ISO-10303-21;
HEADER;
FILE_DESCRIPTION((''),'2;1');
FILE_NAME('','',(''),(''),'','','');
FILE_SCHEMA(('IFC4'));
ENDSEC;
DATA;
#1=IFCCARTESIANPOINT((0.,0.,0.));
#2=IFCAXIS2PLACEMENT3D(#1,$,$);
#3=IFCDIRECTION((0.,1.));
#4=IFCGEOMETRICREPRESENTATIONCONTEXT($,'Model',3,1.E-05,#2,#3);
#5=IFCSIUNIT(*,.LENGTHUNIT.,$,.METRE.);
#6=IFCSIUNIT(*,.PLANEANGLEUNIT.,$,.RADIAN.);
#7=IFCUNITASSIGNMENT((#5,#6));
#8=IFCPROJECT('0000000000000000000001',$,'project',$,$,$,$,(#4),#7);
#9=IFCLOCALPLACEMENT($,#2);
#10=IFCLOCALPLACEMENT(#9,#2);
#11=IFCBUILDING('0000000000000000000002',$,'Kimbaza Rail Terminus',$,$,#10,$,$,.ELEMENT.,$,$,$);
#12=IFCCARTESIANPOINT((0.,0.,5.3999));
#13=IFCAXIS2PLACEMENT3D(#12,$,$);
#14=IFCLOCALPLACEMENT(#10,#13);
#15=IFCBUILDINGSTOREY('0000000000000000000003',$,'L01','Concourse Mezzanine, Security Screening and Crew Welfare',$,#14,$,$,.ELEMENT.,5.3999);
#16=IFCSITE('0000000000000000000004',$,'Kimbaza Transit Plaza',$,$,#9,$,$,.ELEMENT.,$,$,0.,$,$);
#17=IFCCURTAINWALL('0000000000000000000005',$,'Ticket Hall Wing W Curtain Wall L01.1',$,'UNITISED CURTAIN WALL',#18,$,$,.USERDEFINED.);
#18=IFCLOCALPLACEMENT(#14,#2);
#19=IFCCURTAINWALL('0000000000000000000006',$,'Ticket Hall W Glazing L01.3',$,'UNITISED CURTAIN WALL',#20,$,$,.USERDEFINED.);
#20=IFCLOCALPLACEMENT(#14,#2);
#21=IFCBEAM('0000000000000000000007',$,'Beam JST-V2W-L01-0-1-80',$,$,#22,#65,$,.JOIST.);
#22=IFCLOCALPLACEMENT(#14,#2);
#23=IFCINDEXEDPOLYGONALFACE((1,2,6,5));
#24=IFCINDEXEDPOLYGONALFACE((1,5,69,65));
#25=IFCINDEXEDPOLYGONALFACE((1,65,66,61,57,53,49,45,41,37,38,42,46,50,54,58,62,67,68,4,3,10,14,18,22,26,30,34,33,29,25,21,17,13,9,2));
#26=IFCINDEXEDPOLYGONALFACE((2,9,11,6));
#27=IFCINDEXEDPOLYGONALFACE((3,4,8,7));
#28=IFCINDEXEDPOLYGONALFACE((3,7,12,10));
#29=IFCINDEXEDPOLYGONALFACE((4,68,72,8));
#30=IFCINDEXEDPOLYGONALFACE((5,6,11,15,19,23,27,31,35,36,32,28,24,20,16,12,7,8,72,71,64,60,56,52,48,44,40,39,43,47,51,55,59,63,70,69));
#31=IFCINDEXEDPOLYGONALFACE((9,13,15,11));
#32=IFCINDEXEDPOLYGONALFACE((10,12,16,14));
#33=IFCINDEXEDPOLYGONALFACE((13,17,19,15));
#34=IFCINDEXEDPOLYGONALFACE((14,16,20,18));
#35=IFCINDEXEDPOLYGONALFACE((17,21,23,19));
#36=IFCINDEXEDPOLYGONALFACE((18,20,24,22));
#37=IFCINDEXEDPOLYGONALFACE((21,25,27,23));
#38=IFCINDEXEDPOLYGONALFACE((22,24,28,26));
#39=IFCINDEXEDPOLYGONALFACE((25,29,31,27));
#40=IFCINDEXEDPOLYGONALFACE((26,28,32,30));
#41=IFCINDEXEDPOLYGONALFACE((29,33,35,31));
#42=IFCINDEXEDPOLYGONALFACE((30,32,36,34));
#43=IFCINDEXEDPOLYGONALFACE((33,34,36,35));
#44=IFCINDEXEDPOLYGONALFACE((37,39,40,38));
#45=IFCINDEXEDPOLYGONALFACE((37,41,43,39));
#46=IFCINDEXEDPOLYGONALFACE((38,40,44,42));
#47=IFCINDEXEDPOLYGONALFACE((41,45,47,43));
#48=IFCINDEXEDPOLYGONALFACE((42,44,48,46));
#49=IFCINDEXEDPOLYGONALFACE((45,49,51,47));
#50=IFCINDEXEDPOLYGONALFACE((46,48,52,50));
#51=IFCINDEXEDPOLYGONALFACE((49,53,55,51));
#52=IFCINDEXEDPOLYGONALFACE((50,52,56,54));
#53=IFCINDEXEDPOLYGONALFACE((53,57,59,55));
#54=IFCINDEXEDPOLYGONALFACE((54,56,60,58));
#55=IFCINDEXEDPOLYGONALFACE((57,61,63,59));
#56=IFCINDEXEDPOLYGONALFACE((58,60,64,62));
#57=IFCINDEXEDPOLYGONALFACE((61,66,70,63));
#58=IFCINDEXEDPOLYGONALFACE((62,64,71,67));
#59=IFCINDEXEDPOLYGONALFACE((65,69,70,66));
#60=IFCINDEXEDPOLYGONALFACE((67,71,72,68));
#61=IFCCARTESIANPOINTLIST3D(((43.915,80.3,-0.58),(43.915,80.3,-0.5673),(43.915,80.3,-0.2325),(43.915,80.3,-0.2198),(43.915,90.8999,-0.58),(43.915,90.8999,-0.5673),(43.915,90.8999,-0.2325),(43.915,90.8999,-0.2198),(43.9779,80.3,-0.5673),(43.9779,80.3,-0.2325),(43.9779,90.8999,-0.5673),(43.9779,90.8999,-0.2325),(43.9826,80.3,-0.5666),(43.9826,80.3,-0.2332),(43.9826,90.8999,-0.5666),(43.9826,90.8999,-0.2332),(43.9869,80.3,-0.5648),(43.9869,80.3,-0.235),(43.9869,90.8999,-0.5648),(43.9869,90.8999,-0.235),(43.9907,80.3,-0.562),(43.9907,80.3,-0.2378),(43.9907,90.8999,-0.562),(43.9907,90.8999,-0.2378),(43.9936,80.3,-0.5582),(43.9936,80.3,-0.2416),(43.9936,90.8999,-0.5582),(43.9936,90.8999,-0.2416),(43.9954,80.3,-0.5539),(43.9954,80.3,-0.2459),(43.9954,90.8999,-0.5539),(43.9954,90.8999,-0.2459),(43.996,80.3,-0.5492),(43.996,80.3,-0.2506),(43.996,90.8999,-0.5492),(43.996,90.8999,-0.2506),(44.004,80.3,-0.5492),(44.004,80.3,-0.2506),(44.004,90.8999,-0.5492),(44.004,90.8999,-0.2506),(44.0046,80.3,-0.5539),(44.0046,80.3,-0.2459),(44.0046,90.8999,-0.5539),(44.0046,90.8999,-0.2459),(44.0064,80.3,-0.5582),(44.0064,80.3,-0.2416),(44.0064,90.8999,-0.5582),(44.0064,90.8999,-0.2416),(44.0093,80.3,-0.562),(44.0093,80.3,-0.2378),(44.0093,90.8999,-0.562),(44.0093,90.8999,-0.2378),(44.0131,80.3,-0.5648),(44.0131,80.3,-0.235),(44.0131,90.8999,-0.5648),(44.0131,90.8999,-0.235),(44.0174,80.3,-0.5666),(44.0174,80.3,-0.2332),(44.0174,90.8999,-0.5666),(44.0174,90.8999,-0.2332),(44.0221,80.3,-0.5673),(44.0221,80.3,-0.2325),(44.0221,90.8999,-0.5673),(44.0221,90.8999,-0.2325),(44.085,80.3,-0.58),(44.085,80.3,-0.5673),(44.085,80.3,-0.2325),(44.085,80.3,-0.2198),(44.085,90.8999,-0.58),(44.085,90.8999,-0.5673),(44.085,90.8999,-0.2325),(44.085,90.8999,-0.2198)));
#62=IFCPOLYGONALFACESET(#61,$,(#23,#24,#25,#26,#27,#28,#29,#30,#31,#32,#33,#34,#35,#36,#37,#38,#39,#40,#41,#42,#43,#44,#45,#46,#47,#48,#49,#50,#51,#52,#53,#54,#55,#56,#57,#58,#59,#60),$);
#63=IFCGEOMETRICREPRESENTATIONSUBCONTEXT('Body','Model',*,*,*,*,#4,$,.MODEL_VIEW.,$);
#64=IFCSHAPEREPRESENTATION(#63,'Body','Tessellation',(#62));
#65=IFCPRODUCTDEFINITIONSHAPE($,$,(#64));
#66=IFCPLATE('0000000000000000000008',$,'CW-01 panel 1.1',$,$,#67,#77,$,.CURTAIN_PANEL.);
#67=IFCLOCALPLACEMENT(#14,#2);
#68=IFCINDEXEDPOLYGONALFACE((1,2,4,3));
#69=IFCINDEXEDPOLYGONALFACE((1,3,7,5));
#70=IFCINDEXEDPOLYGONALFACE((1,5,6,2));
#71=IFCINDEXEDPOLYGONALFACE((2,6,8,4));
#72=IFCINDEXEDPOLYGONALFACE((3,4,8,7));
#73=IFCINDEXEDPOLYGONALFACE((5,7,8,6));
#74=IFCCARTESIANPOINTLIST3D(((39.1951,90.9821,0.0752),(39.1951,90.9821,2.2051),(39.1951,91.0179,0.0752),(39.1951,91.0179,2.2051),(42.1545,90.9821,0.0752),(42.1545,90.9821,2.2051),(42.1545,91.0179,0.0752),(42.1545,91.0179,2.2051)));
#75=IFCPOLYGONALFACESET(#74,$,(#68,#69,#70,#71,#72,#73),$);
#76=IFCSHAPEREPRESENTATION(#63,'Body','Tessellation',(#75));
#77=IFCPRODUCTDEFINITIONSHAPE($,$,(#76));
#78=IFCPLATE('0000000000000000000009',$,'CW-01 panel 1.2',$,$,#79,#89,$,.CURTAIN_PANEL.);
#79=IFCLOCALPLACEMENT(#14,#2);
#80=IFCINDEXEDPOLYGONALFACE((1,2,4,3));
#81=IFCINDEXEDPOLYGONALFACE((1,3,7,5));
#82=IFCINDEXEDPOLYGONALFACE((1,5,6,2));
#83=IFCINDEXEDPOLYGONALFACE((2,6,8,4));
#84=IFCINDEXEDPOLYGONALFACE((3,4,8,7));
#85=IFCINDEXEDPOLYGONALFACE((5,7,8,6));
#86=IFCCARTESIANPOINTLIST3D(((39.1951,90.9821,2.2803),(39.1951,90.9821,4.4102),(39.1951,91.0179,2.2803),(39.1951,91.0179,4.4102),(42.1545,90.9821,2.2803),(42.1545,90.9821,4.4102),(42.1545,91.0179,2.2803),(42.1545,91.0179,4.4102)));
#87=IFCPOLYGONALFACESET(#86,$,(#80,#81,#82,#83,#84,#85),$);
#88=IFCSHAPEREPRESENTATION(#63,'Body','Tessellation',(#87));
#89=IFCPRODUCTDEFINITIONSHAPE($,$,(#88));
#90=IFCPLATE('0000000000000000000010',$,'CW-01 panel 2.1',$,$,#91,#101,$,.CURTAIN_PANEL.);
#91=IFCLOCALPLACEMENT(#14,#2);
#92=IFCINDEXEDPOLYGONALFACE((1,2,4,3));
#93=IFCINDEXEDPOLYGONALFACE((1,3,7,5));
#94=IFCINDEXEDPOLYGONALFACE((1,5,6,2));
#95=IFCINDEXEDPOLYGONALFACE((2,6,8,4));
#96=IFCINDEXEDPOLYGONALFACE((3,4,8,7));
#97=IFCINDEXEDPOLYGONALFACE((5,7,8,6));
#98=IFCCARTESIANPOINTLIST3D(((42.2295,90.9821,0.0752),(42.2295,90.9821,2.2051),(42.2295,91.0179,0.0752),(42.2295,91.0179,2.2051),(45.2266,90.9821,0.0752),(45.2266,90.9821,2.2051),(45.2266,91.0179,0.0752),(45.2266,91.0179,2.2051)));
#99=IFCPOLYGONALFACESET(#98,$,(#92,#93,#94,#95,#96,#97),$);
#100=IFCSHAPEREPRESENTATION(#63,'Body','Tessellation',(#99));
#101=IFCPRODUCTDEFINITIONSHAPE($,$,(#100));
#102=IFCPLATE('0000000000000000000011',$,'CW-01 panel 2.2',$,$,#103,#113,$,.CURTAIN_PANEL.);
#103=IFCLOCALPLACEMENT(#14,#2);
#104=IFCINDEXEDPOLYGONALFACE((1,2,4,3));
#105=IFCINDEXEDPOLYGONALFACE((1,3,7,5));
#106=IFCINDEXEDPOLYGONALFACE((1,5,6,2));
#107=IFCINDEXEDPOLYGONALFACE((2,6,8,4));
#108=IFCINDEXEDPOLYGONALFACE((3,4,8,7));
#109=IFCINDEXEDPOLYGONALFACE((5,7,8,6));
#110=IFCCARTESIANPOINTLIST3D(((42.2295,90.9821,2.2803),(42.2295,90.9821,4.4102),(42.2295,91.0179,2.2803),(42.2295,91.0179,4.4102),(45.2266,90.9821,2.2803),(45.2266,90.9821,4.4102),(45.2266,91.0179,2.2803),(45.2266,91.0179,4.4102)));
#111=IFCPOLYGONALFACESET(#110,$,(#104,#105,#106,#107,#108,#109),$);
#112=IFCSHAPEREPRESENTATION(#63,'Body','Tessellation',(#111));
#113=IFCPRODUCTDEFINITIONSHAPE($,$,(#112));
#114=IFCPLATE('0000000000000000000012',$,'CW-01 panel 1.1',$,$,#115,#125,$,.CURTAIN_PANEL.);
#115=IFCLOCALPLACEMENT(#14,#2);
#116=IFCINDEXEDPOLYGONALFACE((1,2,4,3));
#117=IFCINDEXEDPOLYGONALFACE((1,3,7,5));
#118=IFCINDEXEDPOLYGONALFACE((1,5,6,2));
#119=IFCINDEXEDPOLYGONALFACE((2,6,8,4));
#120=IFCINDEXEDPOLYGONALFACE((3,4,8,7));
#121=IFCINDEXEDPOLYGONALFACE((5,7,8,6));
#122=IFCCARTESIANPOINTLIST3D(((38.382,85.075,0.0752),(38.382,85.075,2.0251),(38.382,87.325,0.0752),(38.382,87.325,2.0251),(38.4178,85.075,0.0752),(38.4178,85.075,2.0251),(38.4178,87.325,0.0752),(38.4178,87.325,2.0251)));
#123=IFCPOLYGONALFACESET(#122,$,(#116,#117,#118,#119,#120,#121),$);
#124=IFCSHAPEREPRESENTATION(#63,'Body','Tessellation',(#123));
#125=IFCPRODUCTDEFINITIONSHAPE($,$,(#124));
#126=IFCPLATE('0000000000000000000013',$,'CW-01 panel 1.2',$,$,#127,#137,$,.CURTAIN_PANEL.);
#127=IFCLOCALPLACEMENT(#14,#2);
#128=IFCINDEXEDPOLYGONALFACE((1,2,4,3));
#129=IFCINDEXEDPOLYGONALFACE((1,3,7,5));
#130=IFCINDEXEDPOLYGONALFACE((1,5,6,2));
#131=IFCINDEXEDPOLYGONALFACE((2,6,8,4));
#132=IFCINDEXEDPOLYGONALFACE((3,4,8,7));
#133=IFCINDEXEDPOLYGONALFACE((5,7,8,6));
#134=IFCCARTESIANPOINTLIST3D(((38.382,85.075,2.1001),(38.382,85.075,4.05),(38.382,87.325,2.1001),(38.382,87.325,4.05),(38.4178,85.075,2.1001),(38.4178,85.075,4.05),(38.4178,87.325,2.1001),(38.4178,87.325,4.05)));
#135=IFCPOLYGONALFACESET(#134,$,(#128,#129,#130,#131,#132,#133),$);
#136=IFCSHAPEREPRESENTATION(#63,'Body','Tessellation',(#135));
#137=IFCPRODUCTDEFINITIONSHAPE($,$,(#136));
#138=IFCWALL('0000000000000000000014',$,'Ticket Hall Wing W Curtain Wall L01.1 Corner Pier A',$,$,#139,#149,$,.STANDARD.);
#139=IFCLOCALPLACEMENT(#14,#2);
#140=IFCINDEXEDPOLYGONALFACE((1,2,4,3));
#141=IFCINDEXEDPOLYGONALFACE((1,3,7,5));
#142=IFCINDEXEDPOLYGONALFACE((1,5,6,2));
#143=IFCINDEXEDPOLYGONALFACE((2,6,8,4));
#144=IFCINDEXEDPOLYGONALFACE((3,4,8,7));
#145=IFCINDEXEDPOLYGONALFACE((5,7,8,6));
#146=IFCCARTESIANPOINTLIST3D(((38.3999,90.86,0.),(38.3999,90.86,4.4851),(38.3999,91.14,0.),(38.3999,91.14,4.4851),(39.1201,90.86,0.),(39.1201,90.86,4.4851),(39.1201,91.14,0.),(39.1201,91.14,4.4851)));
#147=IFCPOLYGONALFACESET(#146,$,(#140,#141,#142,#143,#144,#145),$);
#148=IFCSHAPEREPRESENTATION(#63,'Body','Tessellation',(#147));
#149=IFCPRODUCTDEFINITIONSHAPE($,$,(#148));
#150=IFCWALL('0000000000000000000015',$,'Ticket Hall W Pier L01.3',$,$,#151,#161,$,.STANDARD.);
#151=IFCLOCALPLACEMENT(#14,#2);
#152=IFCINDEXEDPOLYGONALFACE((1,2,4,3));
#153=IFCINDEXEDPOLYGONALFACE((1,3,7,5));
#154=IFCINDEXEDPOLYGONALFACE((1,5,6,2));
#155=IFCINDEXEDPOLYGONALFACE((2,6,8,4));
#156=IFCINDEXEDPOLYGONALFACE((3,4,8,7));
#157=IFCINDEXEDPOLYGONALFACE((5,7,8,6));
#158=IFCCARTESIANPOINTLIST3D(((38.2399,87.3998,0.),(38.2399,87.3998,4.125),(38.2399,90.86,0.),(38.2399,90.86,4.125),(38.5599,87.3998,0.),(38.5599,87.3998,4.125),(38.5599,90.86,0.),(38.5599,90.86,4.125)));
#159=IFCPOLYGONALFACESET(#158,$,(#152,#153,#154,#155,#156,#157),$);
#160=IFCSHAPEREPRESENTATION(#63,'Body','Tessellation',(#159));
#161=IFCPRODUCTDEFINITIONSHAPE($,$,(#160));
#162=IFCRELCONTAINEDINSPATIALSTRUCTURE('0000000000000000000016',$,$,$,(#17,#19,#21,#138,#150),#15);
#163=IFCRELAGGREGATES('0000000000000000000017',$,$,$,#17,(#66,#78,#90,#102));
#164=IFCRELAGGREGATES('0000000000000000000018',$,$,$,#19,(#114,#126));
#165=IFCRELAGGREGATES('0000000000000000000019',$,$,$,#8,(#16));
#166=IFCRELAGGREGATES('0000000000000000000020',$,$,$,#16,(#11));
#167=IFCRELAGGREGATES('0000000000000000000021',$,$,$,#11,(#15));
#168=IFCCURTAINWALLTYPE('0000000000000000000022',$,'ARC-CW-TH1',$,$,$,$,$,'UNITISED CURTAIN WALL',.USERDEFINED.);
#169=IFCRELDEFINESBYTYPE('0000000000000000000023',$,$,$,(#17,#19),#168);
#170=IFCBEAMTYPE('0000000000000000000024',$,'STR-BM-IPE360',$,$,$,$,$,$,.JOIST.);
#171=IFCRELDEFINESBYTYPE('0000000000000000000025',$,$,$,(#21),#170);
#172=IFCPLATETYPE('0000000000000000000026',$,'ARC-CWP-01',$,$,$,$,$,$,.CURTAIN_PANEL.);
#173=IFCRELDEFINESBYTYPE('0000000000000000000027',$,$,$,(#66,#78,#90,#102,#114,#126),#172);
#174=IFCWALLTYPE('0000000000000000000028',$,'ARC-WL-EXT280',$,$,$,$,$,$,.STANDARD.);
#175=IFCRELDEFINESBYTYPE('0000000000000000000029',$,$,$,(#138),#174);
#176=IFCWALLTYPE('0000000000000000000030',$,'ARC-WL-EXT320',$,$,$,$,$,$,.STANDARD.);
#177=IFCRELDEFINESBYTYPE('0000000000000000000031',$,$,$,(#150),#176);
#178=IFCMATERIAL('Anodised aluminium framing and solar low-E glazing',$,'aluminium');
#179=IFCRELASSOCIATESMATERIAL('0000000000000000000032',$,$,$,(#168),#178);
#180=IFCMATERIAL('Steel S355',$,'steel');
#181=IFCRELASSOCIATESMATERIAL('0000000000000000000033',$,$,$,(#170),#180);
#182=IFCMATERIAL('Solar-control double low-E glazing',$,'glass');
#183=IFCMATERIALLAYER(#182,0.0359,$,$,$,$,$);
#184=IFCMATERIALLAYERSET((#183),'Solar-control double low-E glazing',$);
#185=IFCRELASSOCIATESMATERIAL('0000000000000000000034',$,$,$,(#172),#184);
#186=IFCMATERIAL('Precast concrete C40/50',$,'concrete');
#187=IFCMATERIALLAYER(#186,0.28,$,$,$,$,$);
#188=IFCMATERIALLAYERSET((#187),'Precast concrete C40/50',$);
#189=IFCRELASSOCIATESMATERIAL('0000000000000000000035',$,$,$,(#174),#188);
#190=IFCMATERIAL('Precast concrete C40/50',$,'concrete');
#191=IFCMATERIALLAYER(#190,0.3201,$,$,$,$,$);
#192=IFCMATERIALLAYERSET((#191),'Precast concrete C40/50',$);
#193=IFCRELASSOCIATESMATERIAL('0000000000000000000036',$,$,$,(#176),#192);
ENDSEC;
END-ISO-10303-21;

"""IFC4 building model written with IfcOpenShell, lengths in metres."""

from ifc_helpers import new_model, si_unit, direction, frame, frame_2d, origin, origin_2d, place, context, subcontext, project, spatial, rectangle, i_section, extrude, material, layer, layer_set, material_profile, profile_set, type_object, element, aggregate, save


model = new_model("IFC4")

# Units and contexts
model_context = context("Model", 3, precision=1e-05, world=origin(), true_north=direction((0.0, 1.0)))
body_context = subcontext(model_context, "Body", "Model", "MODEL_VIEW")
ifc_project = project(units=[si_unit("LENGTHUNIT", "METRE"), si_unit("PLANEANGLEUNIT", "RADIAN")], contexts=[model_context])

# Site, building, storey
site_placement = place(None, origin())
site = spatial("IfcSite", under=ifc_project, at=site_placement, Name="Kimbaza Transit Plaza", CompositionType="ELEMENT", RefElevation=0.0)
building_placement = place(site_placement, origin())
building = spatial("IfcBuilding", under=site, at=building_placement, Name="Kimbaza Rail Terminus", CompositionType="ELEMENT")
storey_placement = place(building_placement, frame((0.0, 0.0, 5.3999)))
storey = spatial("IfcBuildingStorey", under=building, at=storey_placement, Name="L01", Description="Concourse Mezzanine, Security Screening and Crew Welfare", CompositionType="ELEMENT", Elevation=5.3999)

# Curtain walls
ifc_material_1 = material(Name="Anodised aluminium framing and solar low-E glazing", Category="aluminium")
curtain_wall_type = type_object("IfcCurtainWallType", Name="ARC-CW-TH1", ElementType="UNITISED CURTAIN WALL", PredefinedType="USERDEFINED", material=ifc_material_1)
curtain_wall_1_placement = place(storey_placement, origin())
curtain_wall_1 = element("IfcCurtainWall", 1, at=curtain_wall_1_placement, inside=storey, type_object=curtain_wall_type, Name="Ticket Hall Wing W Curtain Wall L01.1", ObjectType="UNITISED CURTAIN WALL", PredefinedType="USERDEFINED")
curtain_wall_2_placement = place(storey_placement, origin())
curtain_wall_2 = element("IfcCurtainWall", 2, at=curtain_wall_2_placement, inside=storey, type_object=curtain_wall_type, Name="Ticket Hall W Glazing L01.3", ObjectType="UNITISED CURTAIN WALL", PredefinedType="USERDEFINED")

# Beam
ifc_material_2 = material(Name="Steel S355", Category="steel")
ifc_material_profile_1 = material_profile(ifc_material_2, i_section(OverallWidth=0.1699, OverallDepth=0.3601, WebThickness=0.0081, FlangeThickness=0.0127, FilletRadius=0.0181, at=origin_2d()), Name="IPE 360")
ifc_profile_set_1 = profile_set([ifc_material_profile_1], Name="Steel S355")
beam_type_1 = type_object("IfcBeamType", Name="STR-BM-IPE360", PredefinedType="JOIST", material=ifc_profile_set_1)
beam_1_placement = place(storey_placement, frame((44.0, 80.3, -0.3999), z_axis=(0.0, 1.0, 0.0), x_axis=(-1.0, 0.0, 0.0)))
element("IfcBeam", 3, at=beam_1_placement, inside=storey, type_object=beam_type_1, Name="Beam JST-V2W-L01-0-1-80", PredefinedType="JOIST", context=body_context, shape_type="SweptSolid", body=[
    extrude(i_section(OverallWidth=0.1699, OverallDepth=0.3601, WebThickness=0.0081, FlangeThickness=0.0127, FilletRadius=0.0181, at=origin_2d()), origin(), (0.0, 0.0, 1.0), 10.5999),
])

# Plates
ifc_material_3 = material(Name="Solar-control double low-E glazing", Category="glass")
ifc_layer_1 = layer(ifc_material_3, 0.0359)
ifc_layer_set_1 = layer_set([ifc_layer_1], Name="Solar-control double low-E glazing")
plate_type = type_object("IfcPlateType", Name="ARC-CWP-01", PredefinedType="CURTAIN_PANEL", material=ifc_layer_set_1)
plate_1_placement = place(storey_placement, frame((40.6748, 91.0, 0.0752), z_axis=(0.0, 0.0, 1.0), x_axis=(1.0, 0.0, 0.0)))
plate_1 = element("IfcPlate", 4, at=plate_1_placement, type_object=plate_type, Name="CW-01 panel 1.1", PredefinedType="CURTAIN_PANEL", context=body_context, shape_type="SweptSolid", body=[
    extrude(rectangle(XDim=2.9595, YDim=0.0359, at=origin_2d()), origin(), (0.0, 0.0, 1.0), 2.1299),
])
plate_2_placement = place(storey_placement, frame((40.6748, 91.0, 2.2803), z_axis=(0.0, 0.0, 1.0), x_axis=(1.0, 0.0, 0.0)))
plate_2 = element("IfcPlate", 5, at=plate_2_placement, type_object=plate_type, Name="CW-01 panel 1.2", PredefinedType="CURTAIN_PANEL", context=body_context, shape_type="SweptSolid", body=[
    extrude(rectangle(XDim=2.9595, YDim=0.0359, at=origin_2d()), origin(), (0.0, 0.0, 1.0), 2.1299),
])
plate_3_placement = place(storey_placement, frame((43.728, 91.0, 0.0752), z_axis=(0.0, 0.0, 1.0), x_axis=(1.0, 0.0, 0.0)))
plate_3 = element("IfcPlate", 6, at=plate_3_placement, type_object=plate_type, Name="CW-01 panel 2.1", PredefinedType="CURTAIN_PANEL", context=body_context, shape_type="SweptSolid", body=[
    extrude(rectangle(XDim=2.9971, YDim=0.0359, at=origin_2d()), origin(), (0.0, 0.0, 1.0), 2.1299),
])
plate_4_placement = place(storey_placement, frame((43.728, 91.0, 2.2803), z_axis=(0.0, 0.0, 1.0), x_axis=(1.0, 0.0, 0.0)))
plate_4 = element("IfcPlate", 7, at=plate_4_placement, type_object=plate_type, Name="CW-01 panel 2.2", PredefinedType="CURTAIN_PANEL", context=body_context, shape_type="SweptSolid", body=[
    extrude(rectangle(XDim=2.9971, YDim=0.0359, at=origin_2d()), origin(), (0.0, 0.0, 1.0), 2.1299),
])
aggregate(curtain_wall_1, [plate_1, plate_2, plate_3, plate_4])
plate_5_placement = place(storey_placement, frame((38.3999, 86.2, 0.0752), z_axis=(0.0, 0.0, 1.0), x_axis=(0.0, 1.0, 0.0)))
plate_5 = element("IfcPlate", 8, at=plate_5_placement, type_object=plate_type, Name="CW-01 panel 1.1", PredefinedType="CURTAIN_PANEL", context=body_context, shape_type="SweptSolid", body=[
    extrude(rectangle(XDim=2.25, YDim=0.0359, at=origin_2d()), origin(), (0.0, 0.0, 1.0), 1.95),
])
plate_6_placement = place(storey_placement, frame((38.3999, 86.2, 2.1001), z_axis=(0.0, 0.0, 1.0), x_axis=(0.0, 1.0, 0.0)))
plate_6 = element("IfcPlate", 9, at=plate_6_placement, type_object=plate_type, Name="CW-01 panel 1.2", PredefinedType="CURTAIN_PANEL", context=body_context, shape_type="SweptSolid", body=[
    extrude(rectangle(XDim=2.25, YDim=0.0359, at=origin_2d()), origin(), (0.0, 0.0, 1.0), 1.95),
])
aggregate(curtain_wall_2, [plate_5, plate_6])

# Walls
ifc_material_4 = material(Name="Precast concrete C40/50", Category="concrete")
ifc_layer_2 = layer(ifc_material_4, 0.28)
ifc_layer_set_2 = layer_set([ifc_layer_2], Name="Precast concrete C40/50")
wall_type_1 = type_object("IfcWallType", Name="ARC-WL-EXT280", PredefinedType="STANDARD", material=ifc_layer_set_2)
wall_1_placement = place(storey_placement, frame((38.3999, 91.0, 0.0), z_axis=(0.0, 0.0, 1.0), x_axis=(1.0, 0.0, 0.0)))
element("IfcWall", 10, at=wall_1_placement, inside=storey, type_object=wall_type_1, Name="Ticket Hall Wing W Curtain Wall L01.1 Corner Pier A", PredefinedType="STANDARD", context=body_context, shape_type="SweptSolid", body=[
    extrude(rectangle(XDim=0.7202, YDim=0.28, at=frame_2d((0.3601, 0.0))), origin(), (0.0, 0.0, 1.0), 4.4851),
])
ifc_material_5 = material(Name="Precast concrete C40/50", Category="concrete")
ifc_layer_3 = layer(ifc_material_5, 0.3201)
ifc_layer_set_3 = layer_set([ifc_layer_3], Name="Precast concrete C40/50")
wall_type_2 = type_object("IfcWallType", Name="ARC-WL-EXT320", PredefinedType="STANDARD", material=ifc_layer_set_3)
wall_2_placement = place(storey_placement, frame((38.3999, 87.3999, 0.0), z_axis=(0.0, 0.0, 1.0), x_axis=(0.0, 1.0, 0.0)))
element("IfcWall", 11, at=wall_2_placement, inside=storey, type_object=wall_type_2, Name="Ticket Hall W Pier L01.3", PredefinedType="STANDARD", context=body_context, shape_type="SweptSolid", body=[
    extrude(rectangle(XDim=3.4602, YDim=0.3201, at=frame_2d((1.73, 0.0))), origin(), (0.0, 0.0, 1.0), 4.125),
])

save(model, "model.ifc")
